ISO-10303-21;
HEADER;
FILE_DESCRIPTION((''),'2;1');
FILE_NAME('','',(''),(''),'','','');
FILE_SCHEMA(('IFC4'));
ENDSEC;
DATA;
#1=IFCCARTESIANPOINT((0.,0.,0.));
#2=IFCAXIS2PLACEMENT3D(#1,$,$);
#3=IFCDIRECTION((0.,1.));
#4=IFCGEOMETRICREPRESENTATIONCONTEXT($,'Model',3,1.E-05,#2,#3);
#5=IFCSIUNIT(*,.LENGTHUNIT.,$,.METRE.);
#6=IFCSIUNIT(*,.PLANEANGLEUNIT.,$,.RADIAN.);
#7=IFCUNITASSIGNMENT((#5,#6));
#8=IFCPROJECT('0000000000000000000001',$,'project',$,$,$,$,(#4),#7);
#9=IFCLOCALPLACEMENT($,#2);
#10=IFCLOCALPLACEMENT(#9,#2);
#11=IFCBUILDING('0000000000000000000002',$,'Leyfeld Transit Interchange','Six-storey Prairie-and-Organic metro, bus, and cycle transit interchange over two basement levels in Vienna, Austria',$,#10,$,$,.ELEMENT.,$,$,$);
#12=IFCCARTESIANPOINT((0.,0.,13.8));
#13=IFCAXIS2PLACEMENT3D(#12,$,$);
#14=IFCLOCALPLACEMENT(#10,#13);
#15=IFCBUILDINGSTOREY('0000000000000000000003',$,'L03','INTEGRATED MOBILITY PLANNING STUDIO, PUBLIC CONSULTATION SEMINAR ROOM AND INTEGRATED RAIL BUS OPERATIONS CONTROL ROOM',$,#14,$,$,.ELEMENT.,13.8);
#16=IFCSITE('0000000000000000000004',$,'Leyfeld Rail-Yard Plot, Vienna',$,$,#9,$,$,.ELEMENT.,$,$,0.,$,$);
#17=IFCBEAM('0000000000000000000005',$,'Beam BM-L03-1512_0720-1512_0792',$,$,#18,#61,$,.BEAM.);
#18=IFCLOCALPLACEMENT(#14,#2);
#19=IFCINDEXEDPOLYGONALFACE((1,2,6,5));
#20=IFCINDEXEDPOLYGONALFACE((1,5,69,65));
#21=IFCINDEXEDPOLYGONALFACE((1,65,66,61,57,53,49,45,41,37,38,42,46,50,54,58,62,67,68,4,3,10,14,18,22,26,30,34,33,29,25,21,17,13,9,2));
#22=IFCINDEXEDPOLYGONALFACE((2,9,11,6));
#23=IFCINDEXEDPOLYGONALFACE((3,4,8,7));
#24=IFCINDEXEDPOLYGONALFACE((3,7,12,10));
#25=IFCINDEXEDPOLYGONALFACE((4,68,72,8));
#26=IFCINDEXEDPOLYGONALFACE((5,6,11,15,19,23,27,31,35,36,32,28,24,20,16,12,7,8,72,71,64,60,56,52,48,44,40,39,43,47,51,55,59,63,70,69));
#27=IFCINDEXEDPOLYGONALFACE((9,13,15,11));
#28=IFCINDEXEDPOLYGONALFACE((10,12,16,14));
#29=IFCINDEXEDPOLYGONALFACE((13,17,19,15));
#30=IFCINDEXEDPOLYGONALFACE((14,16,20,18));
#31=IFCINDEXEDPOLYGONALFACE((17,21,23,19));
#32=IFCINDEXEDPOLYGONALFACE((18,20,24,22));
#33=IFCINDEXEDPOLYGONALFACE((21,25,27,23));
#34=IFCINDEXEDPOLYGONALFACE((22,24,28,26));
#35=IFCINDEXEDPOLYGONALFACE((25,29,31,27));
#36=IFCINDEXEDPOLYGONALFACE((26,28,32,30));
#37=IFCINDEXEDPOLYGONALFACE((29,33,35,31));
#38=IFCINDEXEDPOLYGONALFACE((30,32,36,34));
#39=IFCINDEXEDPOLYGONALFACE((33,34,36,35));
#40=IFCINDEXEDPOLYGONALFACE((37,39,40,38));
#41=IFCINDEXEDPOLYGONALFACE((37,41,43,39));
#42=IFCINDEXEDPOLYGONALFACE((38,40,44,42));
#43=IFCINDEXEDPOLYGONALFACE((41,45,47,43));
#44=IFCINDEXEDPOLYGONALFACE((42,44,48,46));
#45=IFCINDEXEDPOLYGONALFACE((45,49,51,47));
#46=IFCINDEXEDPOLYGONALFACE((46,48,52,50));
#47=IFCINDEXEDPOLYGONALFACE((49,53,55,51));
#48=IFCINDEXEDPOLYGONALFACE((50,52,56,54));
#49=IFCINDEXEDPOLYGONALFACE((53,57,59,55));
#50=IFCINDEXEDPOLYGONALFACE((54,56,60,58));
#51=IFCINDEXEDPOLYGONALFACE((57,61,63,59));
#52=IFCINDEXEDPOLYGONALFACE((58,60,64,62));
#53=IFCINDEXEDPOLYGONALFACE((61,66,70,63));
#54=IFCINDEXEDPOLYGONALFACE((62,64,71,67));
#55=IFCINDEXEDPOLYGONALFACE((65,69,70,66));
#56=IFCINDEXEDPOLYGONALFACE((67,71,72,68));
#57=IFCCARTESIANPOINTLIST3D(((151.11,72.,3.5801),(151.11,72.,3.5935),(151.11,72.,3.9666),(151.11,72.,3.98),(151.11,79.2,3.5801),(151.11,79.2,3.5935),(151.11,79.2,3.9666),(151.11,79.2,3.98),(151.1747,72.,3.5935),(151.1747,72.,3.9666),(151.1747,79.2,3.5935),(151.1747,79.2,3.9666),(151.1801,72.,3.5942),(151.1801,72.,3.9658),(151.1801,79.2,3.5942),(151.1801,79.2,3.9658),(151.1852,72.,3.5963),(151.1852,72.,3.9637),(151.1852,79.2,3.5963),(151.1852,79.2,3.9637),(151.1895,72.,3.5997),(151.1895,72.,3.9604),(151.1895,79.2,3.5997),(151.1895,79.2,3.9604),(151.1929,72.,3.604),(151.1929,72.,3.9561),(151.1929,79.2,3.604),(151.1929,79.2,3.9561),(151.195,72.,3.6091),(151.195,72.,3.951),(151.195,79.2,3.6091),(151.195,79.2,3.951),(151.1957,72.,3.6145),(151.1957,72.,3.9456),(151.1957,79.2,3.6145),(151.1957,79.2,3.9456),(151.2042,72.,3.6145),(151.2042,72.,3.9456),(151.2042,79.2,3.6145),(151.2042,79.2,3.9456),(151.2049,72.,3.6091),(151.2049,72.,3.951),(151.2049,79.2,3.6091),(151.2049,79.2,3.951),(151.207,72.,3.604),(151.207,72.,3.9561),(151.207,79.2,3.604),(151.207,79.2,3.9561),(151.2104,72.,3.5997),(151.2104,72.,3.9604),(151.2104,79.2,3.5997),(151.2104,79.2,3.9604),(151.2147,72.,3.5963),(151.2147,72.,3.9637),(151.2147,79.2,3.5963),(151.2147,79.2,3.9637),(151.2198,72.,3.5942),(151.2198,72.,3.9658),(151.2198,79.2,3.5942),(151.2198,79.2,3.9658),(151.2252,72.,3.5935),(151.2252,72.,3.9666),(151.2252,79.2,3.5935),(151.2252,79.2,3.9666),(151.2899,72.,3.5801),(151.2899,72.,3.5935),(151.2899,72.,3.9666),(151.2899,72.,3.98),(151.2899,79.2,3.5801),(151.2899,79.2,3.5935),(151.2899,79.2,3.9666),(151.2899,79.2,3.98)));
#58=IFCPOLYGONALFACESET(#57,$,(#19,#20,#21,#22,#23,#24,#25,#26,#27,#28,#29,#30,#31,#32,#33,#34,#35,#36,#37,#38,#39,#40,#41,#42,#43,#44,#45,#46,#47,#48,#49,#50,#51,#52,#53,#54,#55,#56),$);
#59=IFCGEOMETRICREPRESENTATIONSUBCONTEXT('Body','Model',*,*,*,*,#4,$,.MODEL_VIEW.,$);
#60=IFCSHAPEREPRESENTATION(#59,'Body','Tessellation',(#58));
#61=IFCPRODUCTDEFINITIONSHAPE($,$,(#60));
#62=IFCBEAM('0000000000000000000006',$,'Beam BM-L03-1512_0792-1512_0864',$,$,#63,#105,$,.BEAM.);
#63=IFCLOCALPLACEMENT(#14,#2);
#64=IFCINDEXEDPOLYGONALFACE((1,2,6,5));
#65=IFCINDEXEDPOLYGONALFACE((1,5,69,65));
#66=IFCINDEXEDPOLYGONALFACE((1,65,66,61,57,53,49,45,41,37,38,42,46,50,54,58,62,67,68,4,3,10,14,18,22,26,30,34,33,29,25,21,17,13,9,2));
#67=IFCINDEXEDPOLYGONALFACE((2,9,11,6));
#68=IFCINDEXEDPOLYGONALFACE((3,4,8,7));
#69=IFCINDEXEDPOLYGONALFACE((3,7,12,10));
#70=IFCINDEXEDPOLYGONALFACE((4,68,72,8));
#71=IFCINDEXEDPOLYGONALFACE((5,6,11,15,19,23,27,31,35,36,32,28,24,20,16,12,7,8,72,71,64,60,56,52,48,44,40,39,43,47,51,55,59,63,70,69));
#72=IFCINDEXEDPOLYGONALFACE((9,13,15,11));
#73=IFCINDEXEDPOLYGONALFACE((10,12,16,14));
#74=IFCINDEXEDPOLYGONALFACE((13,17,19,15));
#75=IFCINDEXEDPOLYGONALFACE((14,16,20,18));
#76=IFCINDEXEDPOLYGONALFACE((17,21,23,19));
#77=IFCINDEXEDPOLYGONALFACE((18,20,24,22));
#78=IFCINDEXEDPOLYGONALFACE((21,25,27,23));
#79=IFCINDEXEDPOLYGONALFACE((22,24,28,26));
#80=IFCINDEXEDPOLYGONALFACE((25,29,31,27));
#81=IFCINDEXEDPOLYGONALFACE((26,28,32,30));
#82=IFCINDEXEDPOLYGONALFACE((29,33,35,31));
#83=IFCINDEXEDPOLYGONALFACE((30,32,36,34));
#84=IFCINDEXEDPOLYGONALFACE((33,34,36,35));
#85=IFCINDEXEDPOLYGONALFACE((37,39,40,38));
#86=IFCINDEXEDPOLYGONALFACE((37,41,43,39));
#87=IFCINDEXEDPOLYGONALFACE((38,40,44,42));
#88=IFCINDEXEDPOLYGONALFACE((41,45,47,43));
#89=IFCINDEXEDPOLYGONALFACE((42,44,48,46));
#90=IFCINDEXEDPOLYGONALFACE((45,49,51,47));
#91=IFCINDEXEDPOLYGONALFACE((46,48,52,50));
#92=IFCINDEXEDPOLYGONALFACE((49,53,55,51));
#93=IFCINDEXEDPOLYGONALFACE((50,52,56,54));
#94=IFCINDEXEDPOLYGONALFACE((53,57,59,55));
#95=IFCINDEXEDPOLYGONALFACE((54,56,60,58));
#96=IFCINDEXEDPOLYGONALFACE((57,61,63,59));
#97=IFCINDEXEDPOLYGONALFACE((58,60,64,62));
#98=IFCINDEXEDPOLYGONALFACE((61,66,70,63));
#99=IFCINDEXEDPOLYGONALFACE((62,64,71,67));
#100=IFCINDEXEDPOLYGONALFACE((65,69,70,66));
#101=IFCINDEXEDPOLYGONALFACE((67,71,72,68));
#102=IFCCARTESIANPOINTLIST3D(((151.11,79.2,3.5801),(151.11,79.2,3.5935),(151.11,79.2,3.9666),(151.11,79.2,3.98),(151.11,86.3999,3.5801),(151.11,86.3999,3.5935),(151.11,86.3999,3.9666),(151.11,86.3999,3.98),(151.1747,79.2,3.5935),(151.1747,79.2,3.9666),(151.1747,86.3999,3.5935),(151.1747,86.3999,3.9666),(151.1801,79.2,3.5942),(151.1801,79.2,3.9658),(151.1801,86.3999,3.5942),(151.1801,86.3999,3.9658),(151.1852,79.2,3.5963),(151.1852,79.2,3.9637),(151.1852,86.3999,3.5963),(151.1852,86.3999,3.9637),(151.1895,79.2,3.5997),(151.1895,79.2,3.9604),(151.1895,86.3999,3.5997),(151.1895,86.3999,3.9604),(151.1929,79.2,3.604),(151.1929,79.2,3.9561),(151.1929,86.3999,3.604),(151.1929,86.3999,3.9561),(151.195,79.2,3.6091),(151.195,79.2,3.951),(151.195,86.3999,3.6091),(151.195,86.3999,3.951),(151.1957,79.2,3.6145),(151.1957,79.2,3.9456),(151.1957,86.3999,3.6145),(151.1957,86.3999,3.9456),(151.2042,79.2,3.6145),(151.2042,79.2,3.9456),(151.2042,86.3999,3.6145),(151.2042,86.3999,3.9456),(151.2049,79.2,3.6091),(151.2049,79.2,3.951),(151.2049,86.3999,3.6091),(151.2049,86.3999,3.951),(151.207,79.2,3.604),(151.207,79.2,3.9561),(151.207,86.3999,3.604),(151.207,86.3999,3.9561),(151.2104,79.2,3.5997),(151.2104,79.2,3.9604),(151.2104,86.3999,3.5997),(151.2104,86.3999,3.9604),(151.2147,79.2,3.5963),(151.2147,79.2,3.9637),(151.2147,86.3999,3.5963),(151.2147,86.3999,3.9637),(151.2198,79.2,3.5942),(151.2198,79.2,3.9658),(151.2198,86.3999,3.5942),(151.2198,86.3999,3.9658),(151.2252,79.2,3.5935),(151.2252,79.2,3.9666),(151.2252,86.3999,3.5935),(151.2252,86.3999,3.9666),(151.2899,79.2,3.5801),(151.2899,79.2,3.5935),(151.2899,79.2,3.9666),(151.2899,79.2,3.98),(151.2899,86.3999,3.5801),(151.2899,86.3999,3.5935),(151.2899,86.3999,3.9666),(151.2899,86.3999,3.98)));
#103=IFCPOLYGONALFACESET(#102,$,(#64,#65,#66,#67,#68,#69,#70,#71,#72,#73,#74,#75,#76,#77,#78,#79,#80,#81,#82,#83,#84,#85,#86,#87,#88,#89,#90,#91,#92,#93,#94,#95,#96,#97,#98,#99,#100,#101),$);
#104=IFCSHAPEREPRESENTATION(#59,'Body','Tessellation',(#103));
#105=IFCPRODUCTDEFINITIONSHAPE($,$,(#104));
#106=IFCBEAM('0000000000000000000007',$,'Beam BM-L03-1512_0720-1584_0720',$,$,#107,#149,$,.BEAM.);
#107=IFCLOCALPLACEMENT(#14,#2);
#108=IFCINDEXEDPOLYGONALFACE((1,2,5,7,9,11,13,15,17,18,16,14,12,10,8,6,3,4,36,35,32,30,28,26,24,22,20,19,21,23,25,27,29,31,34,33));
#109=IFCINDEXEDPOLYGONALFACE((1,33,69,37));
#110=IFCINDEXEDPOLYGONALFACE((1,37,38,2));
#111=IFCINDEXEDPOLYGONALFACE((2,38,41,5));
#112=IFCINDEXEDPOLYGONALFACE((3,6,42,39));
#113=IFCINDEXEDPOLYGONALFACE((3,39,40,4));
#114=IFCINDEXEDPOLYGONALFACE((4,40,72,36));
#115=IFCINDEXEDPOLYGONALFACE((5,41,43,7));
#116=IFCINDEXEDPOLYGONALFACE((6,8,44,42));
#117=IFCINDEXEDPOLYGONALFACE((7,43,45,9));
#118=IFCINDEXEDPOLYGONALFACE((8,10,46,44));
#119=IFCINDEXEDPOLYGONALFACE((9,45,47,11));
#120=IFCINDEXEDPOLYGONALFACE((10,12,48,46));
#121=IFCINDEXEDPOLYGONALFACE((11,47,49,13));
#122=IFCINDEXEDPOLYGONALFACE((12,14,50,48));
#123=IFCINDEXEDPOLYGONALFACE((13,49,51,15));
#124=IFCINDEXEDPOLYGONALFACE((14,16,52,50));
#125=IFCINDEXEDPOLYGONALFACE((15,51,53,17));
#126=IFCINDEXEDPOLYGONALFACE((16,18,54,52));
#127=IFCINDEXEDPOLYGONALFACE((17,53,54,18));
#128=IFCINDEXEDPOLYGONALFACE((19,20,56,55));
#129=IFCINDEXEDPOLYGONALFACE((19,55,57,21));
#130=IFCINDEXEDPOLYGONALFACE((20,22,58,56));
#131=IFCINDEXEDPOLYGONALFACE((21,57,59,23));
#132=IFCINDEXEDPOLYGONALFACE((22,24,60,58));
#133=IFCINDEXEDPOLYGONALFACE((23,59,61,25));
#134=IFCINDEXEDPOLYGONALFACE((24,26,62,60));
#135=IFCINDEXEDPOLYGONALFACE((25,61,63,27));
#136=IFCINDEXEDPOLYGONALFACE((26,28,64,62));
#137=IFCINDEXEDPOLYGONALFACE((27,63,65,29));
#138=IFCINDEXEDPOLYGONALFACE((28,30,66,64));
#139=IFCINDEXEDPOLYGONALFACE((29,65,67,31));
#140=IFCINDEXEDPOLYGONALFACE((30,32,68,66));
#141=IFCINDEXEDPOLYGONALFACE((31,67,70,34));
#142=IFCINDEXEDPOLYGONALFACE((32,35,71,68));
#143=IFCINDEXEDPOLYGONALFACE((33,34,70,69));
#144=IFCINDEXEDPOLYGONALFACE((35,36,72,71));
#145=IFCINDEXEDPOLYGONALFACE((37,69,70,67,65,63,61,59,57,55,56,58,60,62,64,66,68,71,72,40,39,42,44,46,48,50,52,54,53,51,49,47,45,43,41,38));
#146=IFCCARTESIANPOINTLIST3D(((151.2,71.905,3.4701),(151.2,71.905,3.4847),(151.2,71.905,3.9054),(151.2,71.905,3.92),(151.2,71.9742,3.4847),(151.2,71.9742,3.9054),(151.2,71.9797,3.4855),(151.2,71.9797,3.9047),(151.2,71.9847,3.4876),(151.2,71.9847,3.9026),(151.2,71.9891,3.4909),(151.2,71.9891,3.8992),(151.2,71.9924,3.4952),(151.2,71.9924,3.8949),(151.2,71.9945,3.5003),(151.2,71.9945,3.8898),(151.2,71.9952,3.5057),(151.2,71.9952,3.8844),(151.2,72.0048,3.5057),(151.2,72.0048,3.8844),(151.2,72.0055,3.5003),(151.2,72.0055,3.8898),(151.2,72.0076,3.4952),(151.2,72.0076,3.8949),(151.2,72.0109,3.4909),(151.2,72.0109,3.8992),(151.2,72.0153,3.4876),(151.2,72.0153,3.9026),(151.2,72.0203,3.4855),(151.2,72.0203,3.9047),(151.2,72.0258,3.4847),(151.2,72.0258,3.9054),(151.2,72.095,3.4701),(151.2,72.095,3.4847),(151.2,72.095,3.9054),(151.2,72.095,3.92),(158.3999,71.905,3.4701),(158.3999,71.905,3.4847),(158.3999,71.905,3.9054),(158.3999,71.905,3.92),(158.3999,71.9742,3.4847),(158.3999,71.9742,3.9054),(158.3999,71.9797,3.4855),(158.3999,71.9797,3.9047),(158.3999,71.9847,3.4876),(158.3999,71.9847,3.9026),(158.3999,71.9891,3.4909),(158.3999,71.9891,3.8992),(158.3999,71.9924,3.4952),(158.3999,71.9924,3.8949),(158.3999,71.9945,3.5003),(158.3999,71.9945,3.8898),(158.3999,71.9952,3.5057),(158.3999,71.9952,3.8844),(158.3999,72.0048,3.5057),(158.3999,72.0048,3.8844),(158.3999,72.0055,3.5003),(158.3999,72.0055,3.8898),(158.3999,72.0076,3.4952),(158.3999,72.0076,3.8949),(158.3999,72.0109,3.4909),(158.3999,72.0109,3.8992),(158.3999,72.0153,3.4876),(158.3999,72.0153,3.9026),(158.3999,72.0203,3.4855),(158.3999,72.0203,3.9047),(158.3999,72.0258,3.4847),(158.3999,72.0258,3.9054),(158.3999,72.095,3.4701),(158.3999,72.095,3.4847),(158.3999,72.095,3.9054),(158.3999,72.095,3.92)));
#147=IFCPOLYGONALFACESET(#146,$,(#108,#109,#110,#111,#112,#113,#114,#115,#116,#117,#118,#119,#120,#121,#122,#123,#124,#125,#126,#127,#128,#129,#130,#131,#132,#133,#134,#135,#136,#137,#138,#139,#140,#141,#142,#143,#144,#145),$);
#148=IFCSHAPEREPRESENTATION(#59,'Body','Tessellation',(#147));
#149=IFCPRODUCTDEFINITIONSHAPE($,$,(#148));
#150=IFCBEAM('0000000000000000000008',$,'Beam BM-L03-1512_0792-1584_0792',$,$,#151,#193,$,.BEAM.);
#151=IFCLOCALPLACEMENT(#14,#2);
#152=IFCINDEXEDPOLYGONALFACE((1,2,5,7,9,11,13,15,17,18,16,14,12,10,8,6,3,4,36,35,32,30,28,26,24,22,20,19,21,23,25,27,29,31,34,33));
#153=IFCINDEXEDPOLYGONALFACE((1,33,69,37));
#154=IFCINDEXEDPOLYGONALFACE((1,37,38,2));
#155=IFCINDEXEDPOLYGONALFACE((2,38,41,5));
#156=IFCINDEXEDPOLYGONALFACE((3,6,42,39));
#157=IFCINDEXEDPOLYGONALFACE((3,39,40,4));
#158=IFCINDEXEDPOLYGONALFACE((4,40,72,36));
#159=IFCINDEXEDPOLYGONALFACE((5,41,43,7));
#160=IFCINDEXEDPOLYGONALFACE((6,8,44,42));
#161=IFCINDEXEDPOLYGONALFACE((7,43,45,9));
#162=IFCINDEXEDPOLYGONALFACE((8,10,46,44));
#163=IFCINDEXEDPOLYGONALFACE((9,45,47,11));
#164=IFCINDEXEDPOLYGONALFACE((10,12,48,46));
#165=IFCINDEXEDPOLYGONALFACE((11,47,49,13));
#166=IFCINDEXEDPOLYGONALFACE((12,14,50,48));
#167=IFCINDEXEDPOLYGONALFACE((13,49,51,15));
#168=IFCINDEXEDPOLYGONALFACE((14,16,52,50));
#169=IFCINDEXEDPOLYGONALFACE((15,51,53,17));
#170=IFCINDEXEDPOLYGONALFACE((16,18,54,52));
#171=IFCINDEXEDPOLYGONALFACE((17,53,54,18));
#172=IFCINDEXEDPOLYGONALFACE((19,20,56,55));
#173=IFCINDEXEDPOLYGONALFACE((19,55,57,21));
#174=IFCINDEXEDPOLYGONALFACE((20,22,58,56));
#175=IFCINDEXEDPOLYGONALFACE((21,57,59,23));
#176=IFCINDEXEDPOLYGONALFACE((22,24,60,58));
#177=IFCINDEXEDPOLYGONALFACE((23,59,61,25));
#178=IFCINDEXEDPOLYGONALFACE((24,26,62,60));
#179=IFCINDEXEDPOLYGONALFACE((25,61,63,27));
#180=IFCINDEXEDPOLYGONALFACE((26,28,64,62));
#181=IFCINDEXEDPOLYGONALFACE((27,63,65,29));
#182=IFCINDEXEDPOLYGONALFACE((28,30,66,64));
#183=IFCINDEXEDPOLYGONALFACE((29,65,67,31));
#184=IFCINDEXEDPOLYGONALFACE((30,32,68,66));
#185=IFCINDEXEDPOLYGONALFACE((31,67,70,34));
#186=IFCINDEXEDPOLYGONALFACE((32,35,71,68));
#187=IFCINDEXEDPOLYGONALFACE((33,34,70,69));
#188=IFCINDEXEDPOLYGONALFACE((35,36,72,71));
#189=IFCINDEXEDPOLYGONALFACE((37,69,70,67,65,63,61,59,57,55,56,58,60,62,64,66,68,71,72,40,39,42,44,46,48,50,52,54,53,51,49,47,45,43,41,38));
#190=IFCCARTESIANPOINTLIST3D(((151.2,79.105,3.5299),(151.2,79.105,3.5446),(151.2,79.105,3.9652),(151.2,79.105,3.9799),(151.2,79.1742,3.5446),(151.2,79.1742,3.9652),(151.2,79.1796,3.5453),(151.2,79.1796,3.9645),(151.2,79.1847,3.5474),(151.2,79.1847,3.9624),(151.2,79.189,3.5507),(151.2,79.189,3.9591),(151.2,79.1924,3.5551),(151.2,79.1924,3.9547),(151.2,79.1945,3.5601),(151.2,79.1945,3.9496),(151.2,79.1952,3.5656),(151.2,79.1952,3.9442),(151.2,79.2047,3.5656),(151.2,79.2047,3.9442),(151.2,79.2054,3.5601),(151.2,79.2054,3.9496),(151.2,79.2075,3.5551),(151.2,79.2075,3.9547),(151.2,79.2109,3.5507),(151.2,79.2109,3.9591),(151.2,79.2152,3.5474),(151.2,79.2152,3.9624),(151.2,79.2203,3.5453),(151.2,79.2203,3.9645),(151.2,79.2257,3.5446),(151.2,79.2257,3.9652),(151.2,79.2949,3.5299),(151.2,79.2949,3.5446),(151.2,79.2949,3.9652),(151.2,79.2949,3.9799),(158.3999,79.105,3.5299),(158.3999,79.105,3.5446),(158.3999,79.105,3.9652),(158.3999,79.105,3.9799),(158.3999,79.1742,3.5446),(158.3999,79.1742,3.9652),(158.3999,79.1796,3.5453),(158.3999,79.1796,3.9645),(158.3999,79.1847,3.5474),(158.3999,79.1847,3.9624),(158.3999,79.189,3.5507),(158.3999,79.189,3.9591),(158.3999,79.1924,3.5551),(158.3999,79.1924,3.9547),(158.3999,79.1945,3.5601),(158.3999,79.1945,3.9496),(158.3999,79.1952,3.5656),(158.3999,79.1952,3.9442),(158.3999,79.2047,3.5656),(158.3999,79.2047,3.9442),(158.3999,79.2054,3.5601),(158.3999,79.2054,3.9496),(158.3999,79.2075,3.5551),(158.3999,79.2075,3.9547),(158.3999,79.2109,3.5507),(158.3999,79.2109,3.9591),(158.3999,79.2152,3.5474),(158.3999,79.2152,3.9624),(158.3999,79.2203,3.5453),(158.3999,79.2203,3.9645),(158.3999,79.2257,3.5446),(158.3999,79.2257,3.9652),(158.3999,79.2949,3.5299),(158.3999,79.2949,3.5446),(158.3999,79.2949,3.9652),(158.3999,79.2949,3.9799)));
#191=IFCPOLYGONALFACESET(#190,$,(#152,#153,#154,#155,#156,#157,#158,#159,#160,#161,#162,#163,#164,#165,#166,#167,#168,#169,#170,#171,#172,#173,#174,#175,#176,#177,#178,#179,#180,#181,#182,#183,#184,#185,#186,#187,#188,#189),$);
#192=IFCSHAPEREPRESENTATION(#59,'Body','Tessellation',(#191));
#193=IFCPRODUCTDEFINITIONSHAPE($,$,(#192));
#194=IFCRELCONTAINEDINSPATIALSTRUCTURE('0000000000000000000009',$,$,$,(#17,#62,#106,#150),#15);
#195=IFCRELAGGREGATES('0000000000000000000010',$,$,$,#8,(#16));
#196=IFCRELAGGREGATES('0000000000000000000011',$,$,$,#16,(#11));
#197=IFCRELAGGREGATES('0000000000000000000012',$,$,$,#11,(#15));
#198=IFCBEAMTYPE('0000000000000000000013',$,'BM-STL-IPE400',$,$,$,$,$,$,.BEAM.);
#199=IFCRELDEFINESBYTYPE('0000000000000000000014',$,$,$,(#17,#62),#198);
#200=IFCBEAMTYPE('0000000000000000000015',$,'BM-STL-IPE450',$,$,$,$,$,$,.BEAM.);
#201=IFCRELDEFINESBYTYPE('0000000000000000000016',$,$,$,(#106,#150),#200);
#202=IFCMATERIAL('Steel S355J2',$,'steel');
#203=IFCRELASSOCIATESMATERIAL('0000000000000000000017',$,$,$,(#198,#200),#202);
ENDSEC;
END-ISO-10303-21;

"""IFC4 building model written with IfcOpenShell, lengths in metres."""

from ifc_helpers import new_model, si_unit, direction, frame, origin, origin_2d, place, context, subcontext, project, spatial, i_section, extrude, material, material_profile, profile_set, type_object, element, save


model = new_model("IFC4")

# Units and contexts
model_context = context("Model", 3, precision=1e-05, world=origin(), true_north=direction((0.0, 1.0)))
body_context = subcontext(model_context, "Body", "Model", "MODEL_VIEW")
ifc_project = project(units=[si_unit("LENGTHUNIT", "METRE"), si_unit("PLANEANGLEUNIT", "RADIAN")], contexts=[model_context])

# Site, building, storey
site_placement = place(None, origin())
site = spatial("IfcSite", under=ifc_project, at=site_placement, Name="Leyfeld Rail-Yard Plot, Vienna", CompositionType="ELEMENT", RefElevation=0.0)
building_placement = place(site_placement, origin())
building = spatial("IfcBuilding", under=site, at=building_placement, Name="Leyfeld Transit Interchange", Description="Six-storey Prairie-and-Organic metro, bus, and cycle transit interchange over two basement levels in Vienna, Austria", CompositionType="ELEMENT")
storey_placement = place(building_placement, frame((0.0, 0.0, 13.8)))
storey = spatial("IfcBuildingStorey", under=building, at=storey_placement, Name="L03", Description="INTEGRATED MOBILITY PLANNING STUDIO, PUBLIC CONSULTATION SEMINAR ROOM AND INTEGRATED RAIL BUS OPERATIONS CONTROL ROOM", CompositionType="ELEMENT", Elevation=13.8)

# Shared definitions
ifc_material_1 = material(Name="Steel S355J2", Category="steel")

# Beams
ifc_material_profile_1 = material_profile(ifc_material_1, i_section(OverallWidth=0.1799, OverallDepth=0.3999, WebThickness=0.0085, FlangeThickness=0.0134, FilletRadius=0.021, at=origin_2d()), Name="IPE 400")
ifc_profile_set_1 = profile_set([ifc_material_profile_1], Name="Steel S355J2")
beam_type_1 = type_object("IfcBeamType", Name="BM-STL-IPE400", PredefinedType="BEAM", material=ifc_profile_set_1)
for number, where, z_axis, x_axis, name in (
    (1, (151.2, 72.0, 3.78), (0.0, 1.0, 0.0), (-1.0, 0.0, 0.0), "Beam BM-L03-1512_0720-1512_0792"),
    (2, (151.2, 79.2, 3.78), (0.0, 1.0, 0.0), (-1.0, 0.0, 0.0), "Beam BM-L03-1512_0792-1512_0864"),
):
    element("IfcBeam", number, at=place(storey_placement, frame(where, z_axis=z_axis, x_axis=x_axis)), inside=storey, type_object=beam_type_1, Name=name, PredefinedType="BEAM", context=body_context, shape_type="SweptSolid", body=[
        extrude(i_section(OverallWidth=0.1799, OverallDepth=0.3999, WebThickness=0.0085, FlangeThickness=0.0134, FilletRadius=0.021, at=origin_2d()), origin(), (0.0, 0.0, 1.0), 7.2),
    ])
ifc_material_profile_2 = material_profile(ifc_material_1, i_section(OverallWidth=0.1899, OverallDepth=0.45, WebThickness=0.0095, FlangeThickness=0.0146, FilletRadius=0.021, at=origin_2d()), Name="IPE 450")
ifc_profile_set_2 = profile_set([ifc_material_profile_2], Name="Steel S355J2")
beam_type_2 = type_object("IfcBeamType", Name="BM-STL-IPE450", PredefinedType="BEAM", material=ifc_profile_set_2)
for number, where, z_axis, x_axis, name in (
    (3, (151.2, 72.0, 3.6951), (1.0, 0.0, 0.0), (0.0, 1.0, 0.0), "Beam BM-L03-1512_0720-1584_0720"),
    (4, (151.2, 79.2, 3.7549), (1.0, 0.0, 0.0), (0.0, 1.0, 0.0), "Beam BM-L03-1512_0792-1584_0792"),
):
    element("IfcBeam", number, at=place(storey_placement, frame(where, z_axis=z_axis, x_axis=x_axis)), inside=storey, type_object=beam_type_2, Name=name, PredefinedType="BEAM", context=body_context, shape_type="SweptSolid", body=[
        extrude(i_section(OverallWidth=0.1899, OverallDepth=0.45, WebThickness=0.0095, FlangeThickness=0.0146, FilletRadius=0.021, at=origin_2d()), origin(), (0.0, 0.0, 1.0), 7.2),
    ])

save(model, "model.ifc")
